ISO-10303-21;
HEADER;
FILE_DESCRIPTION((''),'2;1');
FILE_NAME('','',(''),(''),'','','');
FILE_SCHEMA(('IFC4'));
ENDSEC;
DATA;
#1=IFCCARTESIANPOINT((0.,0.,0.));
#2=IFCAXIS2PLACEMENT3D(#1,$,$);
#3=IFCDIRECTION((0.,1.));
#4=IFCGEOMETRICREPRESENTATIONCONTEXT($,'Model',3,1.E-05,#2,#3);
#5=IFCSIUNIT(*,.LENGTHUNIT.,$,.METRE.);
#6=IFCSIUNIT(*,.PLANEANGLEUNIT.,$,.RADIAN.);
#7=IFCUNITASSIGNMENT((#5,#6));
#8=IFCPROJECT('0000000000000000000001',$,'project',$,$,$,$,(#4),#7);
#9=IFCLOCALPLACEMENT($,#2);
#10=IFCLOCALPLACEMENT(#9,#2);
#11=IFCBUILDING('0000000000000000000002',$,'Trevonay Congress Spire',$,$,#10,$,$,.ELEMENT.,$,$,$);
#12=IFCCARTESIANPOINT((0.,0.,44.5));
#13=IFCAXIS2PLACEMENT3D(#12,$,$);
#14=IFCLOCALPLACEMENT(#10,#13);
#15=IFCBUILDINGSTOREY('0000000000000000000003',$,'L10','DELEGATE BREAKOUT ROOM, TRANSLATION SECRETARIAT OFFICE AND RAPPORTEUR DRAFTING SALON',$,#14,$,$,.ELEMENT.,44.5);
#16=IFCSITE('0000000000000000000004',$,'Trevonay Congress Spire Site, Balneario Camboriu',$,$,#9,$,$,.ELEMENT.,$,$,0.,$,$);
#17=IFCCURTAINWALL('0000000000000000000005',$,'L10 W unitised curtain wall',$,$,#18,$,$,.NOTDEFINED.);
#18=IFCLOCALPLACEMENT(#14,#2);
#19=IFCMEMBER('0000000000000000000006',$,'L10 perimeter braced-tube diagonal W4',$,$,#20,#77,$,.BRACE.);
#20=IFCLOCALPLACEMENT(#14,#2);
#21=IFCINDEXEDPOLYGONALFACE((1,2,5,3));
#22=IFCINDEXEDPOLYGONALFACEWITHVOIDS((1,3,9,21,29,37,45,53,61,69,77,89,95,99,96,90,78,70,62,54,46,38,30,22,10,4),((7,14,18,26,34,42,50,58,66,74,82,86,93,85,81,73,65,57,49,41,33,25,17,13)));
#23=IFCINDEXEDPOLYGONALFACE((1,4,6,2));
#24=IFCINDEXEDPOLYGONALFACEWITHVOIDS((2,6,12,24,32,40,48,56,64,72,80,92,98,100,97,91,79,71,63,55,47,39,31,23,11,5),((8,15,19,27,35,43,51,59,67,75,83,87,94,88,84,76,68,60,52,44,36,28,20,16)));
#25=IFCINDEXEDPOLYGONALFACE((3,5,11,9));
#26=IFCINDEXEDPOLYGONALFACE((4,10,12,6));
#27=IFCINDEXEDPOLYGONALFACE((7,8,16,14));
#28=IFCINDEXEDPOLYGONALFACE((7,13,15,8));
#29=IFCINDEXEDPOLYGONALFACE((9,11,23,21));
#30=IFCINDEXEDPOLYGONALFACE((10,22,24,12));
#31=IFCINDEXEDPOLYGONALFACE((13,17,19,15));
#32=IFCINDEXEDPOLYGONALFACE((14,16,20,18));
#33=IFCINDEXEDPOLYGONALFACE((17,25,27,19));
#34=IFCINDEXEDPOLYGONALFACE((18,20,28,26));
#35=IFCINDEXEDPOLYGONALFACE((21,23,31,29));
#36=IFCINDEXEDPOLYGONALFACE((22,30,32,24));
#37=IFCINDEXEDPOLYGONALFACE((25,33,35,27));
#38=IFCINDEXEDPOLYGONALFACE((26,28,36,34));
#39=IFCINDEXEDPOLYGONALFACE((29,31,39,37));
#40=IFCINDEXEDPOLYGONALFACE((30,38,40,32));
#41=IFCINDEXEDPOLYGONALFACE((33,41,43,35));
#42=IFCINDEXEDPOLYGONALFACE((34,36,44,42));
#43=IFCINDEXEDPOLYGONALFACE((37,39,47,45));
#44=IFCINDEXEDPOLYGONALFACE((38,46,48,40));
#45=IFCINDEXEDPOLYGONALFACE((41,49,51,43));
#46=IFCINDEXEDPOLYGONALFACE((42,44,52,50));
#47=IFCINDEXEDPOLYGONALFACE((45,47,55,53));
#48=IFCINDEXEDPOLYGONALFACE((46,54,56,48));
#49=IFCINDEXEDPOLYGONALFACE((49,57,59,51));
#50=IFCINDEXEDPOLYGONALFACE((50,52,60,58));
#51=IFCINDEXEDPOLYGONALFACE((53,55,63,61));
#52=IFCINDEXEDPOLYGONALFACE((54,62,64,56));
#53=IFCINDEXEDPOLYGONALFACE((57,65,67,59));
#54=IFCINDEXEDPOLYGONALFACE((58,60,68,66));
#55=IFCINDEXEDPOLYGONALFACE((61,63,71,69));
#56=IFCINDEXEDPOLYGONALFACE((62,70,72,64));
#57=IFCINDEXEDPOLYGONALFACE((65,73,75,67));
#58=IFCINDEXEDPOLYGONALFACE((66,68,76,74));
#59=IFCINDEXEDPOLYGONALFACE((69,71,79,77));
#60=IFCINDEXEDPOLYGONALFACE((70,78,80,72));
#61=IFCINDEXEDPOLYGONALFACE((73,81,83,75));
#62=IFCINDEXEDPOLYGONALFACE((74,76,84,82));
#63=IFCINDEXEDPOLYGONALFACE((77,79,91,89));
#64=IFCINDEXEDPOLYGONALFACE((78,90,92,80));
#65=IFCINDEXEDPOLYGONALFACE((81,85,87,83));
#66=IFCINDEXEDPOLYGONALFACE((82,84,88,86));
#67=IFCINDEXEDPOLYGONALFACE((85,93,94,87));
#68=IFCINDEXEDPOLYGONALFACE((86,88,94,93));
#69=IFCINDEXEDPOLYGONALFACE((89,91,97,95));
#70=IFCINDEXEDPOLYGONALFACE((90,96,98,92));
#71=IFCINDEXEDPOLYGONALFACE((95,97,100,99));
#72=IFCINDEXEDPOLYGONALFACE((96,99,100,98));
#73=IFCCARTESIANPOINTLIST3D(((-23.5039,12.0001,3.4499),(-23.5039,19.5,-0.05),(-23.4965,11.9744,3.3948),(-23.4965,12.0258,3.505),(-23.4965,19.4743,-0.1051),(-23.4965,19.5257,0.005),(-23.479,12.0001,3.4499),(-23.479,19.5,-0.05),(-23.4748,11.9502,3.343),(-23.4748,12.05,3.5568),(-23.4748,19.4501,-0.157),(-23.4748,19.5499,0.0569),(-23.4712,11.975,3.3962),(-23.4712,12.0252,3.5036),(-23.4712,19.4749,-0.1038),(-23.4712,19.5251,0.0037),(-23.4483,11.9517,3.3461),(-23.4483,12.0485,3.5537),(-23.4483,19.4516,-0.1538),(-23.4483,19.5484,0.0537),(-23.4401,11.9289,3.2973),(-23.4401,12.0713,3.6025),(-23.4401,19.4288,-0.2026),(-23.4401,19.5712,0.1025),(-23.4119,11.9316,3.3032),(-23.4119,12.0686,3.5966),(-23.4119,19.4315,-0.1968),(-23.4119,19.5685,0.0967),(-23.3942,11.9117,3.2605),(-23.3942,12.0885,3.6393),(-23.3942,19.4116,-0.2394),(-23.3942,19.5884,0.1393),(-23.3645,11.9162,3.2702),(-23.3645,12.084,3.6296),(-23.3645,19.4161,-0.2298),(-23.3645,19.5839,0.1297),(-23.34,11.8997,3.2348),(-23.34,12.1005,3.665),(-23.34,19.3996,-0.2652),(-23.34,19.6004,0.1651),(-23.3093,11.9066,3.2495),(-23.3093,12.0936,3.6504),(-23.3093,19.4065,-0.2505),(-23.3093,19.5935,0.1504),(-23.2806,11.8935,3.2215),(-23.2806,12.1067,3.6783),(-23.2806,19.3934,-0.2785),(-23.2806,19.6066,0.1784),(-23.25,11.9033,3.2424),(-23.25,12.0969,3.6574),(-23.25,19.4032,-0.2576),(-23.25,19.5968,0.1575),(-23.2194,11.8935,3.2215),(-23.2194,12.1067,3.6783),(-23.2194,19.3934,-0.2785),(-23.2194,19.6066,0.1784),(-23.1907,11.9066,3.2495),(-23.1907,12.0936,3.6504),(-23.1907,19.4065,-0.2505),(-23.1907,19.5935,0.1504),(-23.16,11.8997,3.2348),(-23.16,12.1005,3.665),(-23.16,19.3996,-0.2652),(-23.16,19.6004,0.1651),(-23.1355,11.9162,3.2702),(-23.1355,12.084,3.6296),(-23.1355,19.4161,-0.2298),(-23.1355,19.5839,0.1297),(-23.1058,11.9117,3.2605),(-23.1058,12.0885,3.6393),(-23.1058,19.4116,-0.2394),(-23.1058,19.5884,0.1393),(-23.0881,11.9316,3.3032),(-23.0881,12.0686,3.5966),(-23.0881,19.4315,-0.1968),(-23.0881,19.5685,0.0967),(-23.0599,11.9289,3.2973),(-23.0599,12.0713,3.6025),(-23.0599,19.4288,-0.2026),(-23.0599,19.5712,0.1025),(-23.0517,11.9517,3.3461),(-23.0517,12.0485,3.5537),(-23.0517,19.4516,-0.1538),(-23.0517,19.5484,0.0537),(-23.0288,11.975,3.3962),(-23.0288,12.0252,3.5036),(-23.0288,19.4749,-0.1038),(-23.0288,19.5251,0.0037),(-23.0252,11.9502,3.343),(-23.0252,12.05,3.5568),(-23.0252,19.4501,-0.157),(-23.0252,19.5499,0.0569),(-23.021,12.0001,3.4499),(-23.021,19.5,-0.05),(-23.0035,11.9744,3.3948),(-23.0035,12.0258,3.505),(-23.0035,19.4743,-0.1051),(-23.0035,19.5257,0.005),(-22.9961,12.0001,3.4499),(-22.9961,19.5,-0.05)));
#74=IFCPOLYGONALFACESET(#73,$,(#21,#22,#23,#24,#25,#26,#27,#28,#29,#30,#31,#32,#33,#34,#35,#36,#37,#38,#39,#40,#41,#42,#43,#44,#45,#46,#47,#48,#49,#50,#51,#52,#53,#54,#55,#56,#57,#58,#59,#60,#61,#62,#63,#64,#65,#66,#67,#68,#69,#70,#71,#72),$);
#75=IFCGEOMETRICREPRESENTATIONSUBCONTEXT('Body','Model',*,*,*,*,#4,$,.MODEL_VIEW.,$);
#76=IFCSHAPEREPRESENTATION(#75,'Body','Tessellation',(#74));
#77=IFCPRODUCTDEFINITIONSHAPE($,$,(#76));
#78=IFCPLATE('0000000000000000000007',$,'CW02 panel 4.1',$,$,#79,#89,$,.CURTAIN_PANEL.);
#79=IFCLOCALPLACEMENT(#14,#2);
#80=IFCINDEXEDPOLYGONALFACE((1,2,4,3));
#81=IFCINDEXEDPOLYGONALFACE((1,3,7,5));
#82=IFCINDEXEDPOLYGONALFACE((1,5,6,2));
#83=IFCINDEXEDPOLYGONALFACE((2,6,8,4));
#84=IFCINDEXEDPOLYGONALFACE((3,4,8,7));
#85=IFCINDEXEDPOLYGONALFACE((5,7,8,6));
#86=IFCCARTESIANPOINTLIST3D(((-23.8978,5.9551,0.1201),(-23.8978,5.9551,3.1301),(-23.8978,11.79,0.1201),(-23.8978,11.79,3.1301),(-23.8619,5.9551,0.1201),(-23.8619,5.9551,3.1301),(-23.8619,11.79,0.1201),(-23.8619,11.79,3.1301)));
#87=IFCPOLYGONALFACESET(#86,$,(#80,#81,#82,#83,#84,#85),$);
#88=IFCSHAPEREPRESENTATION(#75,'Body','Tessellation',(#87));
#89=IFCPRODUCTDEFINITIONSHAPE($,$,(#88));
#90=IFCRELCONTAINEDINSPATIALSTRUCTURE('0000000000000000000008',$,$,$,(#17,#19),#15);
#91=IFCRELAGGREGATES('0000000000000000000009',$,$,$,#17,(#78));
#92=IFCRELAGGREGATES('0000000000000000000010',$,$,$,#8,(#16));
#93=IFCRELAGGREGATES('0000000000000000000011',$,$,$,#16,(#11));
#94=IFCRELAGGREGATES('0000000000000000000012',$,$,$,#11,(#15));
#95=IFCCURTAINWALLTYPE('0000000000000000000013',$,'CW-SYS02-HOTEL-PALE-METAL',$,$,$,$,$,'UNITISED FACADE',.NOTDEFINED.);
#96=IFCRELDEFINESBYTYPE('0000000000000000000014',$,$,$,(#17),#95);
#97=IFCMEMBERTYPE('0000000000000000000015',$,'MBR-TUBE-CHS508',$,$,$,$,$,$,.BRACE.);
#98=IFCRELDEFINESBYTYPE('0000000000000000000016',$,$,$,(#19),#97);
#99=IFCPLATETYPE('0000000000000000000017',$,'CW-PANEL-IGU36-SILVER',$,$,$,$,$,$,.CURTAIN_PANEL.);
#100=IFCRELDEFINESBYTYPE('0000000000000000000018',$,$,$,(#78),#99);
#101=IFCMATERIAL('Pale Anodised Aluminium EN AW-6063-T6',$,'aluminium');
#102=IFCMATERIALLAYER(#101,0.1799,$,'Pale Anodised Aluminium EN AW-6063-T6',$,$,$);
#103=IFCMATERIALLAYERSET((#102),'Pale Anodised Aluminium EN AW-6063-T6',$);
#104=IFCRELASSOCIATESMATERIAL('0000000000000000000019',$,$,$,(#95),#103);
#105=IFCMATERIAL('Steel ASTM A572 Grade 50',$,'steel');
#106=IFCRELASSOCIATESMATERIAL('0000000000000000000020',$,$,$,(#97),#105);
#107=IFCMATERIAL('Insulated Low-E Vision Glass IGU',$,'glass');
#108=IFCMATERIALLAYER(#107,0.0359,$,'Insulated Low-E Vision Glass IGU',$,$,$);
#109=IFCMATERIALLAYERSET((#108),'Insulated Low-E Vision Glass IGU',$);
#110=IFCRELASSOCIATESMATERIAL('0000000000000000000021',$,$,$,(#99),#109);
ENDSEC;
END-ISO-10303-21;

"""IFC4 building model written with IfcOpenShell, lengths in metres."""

from ifc_helpers import new_model, si_unit, direction, frame, origin, origin_2d, place, context, subcontext, project, spatial, rectangle, hollow_circle, extrude, material, layer, layer_set, material_profile, profile_set, type_object, element, aggregate, save


model = new_model("IFC4")

# Units and contexts
model_context = context("Model", 3, precision=1e-05, world=origin(), true_north=direction((0.0, 1.0)))
body_context = subcontext(model_context, "Body", "Model", "MODEL_VIEW")
ifc_project = project(units=[si_unit("LENGTHUNIT", "METRE"), si_unit("PLANEANGLEUNIT", "RADIAN")], contexts=[model_context])

# Site, building, storey
site_placement = place(None, origin())
site = spatial("IfcSite", under=ifc_project, at=site_placement, Name="Trevonay Congress Spire Site, Balneario Camboriu", CompositionType="ELEMENT", RefElevation=0.0)
building_placement = place(site_placement, origin())
building = spatial("IfcBuilding", under=site, at=building_placement, Name="Trevonay Congress Spire", CompositionType="ELEMENT")
storey_placement = place(building_placement, frame((0.0, 0.0, 44.5)))
storey = spatial("IfcBuildingStorey", under=building, at=storey_placement, Name="L10", Description="DELEGATE BREAKOUT ROOM, TRANSLATION SECRETARIAT OFFICE AND RAPPORTEUR DRAFTING SALON", CompositionType="ELEMENT", Elevation=44.5)

# Shared definitions
ifc_material_1 = material(Name="Steel ASTM A572 Grade 50", Category="steel")

# Curtain wall
ifc_material_2 = material(Name="Pale Anodised Aluminium EN AW-6063-T6", Category="aluminium")
ifc_layer_1 = layer(ifc_material_2, 0.1799, Name="Pale Anodised Aluminium EN AW-6063-T6")
ifc_layer_set_1 = layer_set([ifc_layer_1], Name="Pale Anodised Aluminium EN AW-6063-T6")
curtain_wall_type = type_object("IfcCurtainWallType", Name="CW-SYS02-HOTEL-PALE-METAL", ElementType="UNITISED FACADE", PredefinedType="NOTDEFINED", material=ifc_layer_set_1)
curtain_wall_placement = place(storey_placement, origin())
curtain_wall = element("IfcCurtainWall", 1, at=curtain_wall_placement, inside=storey, type_object=curtain_wall_type, Name="L10 W unitised curtain wall", PredefinedType="NOTDEFINED")

# Member
ifc_material_profile_1 = material_profile(ifc_material_1, hollow_circle(Radius=0.2539, WallThickness=0.0249, at=origin_2d()), Name="CHS 508x25")
ifc_profile_set_1 = profile_set([ifc_material_profile_1], Name="Steel ASTM A572 Grade 50")
member_type_1 = type_object("IfcMemberType", Name="MBR-TUBE-CHS508", PredefinedType="BRACE", material=ifc_profile_set_1)
for number, where, z_axis, x_axis, name in (
    (2, (-23.25, 19.5, -0.05), (0.0, -0.906183, 0.422885), (1.0, 0.0, 0.0), "L10 perimeter braced-tube diagonal W4"),
):
    element("IfcMember", number, at=place(storey_placement, frame(where, z_axis=z_axis, x_axis=x_axis)), inside=storey, type_object=member_type_1, Name=name, PredefinedType="BRACE", context=body_context, shape_type="SweptSolid", body=[
        extrude(hollow_circle(Radius=0.2539, WallThickness=0.0249, at=origin_2d()), origin(), (0.0, 0.0, 1.0), 8.2764),
    ])

# Plate
ifc_material_3 = material(Name="Insulated Low-E Vision Glass IGU", Category="glass")
ifc_layer_2 = layer(ifc_material_3, 0.0359, Name="Insulated Low-E Vision Glass IGU")
ifc_layer_set_2 = layer_set([ifc_layer_2], Name="Insulated Low-E Vision Glass IGU")
plate_type = type_object("IfcPlateType", Name="CW-PANEL-IGU36-SILVER", PredefinedType="CURTAIN_PANEL", material=ifc_layer_set_2)
plate_placement = place(storey_placement, frame((-23.8799, 8.8726, 0.1201), z_axis=(0.0, 0.0, 1.0), x_axis=(0.0, 1.0, 0.0)))
plate = element("IfcPlate", 3, at=plate_placement, type_object=plate_type, Name="CW02 panel 4.1", PredefinedType="CURTAIN_PANEL", context=body_context, shape_type="SweptSolid", body=[
    extrude(rectangle(XDim=5.835, YDim=0.0359, at=origin_2d()), origin(), (0.0, 0.0, 1.0), 3.01),
])
aggregate(curtain_wall, [plate])

save(model, "model.ifc")
